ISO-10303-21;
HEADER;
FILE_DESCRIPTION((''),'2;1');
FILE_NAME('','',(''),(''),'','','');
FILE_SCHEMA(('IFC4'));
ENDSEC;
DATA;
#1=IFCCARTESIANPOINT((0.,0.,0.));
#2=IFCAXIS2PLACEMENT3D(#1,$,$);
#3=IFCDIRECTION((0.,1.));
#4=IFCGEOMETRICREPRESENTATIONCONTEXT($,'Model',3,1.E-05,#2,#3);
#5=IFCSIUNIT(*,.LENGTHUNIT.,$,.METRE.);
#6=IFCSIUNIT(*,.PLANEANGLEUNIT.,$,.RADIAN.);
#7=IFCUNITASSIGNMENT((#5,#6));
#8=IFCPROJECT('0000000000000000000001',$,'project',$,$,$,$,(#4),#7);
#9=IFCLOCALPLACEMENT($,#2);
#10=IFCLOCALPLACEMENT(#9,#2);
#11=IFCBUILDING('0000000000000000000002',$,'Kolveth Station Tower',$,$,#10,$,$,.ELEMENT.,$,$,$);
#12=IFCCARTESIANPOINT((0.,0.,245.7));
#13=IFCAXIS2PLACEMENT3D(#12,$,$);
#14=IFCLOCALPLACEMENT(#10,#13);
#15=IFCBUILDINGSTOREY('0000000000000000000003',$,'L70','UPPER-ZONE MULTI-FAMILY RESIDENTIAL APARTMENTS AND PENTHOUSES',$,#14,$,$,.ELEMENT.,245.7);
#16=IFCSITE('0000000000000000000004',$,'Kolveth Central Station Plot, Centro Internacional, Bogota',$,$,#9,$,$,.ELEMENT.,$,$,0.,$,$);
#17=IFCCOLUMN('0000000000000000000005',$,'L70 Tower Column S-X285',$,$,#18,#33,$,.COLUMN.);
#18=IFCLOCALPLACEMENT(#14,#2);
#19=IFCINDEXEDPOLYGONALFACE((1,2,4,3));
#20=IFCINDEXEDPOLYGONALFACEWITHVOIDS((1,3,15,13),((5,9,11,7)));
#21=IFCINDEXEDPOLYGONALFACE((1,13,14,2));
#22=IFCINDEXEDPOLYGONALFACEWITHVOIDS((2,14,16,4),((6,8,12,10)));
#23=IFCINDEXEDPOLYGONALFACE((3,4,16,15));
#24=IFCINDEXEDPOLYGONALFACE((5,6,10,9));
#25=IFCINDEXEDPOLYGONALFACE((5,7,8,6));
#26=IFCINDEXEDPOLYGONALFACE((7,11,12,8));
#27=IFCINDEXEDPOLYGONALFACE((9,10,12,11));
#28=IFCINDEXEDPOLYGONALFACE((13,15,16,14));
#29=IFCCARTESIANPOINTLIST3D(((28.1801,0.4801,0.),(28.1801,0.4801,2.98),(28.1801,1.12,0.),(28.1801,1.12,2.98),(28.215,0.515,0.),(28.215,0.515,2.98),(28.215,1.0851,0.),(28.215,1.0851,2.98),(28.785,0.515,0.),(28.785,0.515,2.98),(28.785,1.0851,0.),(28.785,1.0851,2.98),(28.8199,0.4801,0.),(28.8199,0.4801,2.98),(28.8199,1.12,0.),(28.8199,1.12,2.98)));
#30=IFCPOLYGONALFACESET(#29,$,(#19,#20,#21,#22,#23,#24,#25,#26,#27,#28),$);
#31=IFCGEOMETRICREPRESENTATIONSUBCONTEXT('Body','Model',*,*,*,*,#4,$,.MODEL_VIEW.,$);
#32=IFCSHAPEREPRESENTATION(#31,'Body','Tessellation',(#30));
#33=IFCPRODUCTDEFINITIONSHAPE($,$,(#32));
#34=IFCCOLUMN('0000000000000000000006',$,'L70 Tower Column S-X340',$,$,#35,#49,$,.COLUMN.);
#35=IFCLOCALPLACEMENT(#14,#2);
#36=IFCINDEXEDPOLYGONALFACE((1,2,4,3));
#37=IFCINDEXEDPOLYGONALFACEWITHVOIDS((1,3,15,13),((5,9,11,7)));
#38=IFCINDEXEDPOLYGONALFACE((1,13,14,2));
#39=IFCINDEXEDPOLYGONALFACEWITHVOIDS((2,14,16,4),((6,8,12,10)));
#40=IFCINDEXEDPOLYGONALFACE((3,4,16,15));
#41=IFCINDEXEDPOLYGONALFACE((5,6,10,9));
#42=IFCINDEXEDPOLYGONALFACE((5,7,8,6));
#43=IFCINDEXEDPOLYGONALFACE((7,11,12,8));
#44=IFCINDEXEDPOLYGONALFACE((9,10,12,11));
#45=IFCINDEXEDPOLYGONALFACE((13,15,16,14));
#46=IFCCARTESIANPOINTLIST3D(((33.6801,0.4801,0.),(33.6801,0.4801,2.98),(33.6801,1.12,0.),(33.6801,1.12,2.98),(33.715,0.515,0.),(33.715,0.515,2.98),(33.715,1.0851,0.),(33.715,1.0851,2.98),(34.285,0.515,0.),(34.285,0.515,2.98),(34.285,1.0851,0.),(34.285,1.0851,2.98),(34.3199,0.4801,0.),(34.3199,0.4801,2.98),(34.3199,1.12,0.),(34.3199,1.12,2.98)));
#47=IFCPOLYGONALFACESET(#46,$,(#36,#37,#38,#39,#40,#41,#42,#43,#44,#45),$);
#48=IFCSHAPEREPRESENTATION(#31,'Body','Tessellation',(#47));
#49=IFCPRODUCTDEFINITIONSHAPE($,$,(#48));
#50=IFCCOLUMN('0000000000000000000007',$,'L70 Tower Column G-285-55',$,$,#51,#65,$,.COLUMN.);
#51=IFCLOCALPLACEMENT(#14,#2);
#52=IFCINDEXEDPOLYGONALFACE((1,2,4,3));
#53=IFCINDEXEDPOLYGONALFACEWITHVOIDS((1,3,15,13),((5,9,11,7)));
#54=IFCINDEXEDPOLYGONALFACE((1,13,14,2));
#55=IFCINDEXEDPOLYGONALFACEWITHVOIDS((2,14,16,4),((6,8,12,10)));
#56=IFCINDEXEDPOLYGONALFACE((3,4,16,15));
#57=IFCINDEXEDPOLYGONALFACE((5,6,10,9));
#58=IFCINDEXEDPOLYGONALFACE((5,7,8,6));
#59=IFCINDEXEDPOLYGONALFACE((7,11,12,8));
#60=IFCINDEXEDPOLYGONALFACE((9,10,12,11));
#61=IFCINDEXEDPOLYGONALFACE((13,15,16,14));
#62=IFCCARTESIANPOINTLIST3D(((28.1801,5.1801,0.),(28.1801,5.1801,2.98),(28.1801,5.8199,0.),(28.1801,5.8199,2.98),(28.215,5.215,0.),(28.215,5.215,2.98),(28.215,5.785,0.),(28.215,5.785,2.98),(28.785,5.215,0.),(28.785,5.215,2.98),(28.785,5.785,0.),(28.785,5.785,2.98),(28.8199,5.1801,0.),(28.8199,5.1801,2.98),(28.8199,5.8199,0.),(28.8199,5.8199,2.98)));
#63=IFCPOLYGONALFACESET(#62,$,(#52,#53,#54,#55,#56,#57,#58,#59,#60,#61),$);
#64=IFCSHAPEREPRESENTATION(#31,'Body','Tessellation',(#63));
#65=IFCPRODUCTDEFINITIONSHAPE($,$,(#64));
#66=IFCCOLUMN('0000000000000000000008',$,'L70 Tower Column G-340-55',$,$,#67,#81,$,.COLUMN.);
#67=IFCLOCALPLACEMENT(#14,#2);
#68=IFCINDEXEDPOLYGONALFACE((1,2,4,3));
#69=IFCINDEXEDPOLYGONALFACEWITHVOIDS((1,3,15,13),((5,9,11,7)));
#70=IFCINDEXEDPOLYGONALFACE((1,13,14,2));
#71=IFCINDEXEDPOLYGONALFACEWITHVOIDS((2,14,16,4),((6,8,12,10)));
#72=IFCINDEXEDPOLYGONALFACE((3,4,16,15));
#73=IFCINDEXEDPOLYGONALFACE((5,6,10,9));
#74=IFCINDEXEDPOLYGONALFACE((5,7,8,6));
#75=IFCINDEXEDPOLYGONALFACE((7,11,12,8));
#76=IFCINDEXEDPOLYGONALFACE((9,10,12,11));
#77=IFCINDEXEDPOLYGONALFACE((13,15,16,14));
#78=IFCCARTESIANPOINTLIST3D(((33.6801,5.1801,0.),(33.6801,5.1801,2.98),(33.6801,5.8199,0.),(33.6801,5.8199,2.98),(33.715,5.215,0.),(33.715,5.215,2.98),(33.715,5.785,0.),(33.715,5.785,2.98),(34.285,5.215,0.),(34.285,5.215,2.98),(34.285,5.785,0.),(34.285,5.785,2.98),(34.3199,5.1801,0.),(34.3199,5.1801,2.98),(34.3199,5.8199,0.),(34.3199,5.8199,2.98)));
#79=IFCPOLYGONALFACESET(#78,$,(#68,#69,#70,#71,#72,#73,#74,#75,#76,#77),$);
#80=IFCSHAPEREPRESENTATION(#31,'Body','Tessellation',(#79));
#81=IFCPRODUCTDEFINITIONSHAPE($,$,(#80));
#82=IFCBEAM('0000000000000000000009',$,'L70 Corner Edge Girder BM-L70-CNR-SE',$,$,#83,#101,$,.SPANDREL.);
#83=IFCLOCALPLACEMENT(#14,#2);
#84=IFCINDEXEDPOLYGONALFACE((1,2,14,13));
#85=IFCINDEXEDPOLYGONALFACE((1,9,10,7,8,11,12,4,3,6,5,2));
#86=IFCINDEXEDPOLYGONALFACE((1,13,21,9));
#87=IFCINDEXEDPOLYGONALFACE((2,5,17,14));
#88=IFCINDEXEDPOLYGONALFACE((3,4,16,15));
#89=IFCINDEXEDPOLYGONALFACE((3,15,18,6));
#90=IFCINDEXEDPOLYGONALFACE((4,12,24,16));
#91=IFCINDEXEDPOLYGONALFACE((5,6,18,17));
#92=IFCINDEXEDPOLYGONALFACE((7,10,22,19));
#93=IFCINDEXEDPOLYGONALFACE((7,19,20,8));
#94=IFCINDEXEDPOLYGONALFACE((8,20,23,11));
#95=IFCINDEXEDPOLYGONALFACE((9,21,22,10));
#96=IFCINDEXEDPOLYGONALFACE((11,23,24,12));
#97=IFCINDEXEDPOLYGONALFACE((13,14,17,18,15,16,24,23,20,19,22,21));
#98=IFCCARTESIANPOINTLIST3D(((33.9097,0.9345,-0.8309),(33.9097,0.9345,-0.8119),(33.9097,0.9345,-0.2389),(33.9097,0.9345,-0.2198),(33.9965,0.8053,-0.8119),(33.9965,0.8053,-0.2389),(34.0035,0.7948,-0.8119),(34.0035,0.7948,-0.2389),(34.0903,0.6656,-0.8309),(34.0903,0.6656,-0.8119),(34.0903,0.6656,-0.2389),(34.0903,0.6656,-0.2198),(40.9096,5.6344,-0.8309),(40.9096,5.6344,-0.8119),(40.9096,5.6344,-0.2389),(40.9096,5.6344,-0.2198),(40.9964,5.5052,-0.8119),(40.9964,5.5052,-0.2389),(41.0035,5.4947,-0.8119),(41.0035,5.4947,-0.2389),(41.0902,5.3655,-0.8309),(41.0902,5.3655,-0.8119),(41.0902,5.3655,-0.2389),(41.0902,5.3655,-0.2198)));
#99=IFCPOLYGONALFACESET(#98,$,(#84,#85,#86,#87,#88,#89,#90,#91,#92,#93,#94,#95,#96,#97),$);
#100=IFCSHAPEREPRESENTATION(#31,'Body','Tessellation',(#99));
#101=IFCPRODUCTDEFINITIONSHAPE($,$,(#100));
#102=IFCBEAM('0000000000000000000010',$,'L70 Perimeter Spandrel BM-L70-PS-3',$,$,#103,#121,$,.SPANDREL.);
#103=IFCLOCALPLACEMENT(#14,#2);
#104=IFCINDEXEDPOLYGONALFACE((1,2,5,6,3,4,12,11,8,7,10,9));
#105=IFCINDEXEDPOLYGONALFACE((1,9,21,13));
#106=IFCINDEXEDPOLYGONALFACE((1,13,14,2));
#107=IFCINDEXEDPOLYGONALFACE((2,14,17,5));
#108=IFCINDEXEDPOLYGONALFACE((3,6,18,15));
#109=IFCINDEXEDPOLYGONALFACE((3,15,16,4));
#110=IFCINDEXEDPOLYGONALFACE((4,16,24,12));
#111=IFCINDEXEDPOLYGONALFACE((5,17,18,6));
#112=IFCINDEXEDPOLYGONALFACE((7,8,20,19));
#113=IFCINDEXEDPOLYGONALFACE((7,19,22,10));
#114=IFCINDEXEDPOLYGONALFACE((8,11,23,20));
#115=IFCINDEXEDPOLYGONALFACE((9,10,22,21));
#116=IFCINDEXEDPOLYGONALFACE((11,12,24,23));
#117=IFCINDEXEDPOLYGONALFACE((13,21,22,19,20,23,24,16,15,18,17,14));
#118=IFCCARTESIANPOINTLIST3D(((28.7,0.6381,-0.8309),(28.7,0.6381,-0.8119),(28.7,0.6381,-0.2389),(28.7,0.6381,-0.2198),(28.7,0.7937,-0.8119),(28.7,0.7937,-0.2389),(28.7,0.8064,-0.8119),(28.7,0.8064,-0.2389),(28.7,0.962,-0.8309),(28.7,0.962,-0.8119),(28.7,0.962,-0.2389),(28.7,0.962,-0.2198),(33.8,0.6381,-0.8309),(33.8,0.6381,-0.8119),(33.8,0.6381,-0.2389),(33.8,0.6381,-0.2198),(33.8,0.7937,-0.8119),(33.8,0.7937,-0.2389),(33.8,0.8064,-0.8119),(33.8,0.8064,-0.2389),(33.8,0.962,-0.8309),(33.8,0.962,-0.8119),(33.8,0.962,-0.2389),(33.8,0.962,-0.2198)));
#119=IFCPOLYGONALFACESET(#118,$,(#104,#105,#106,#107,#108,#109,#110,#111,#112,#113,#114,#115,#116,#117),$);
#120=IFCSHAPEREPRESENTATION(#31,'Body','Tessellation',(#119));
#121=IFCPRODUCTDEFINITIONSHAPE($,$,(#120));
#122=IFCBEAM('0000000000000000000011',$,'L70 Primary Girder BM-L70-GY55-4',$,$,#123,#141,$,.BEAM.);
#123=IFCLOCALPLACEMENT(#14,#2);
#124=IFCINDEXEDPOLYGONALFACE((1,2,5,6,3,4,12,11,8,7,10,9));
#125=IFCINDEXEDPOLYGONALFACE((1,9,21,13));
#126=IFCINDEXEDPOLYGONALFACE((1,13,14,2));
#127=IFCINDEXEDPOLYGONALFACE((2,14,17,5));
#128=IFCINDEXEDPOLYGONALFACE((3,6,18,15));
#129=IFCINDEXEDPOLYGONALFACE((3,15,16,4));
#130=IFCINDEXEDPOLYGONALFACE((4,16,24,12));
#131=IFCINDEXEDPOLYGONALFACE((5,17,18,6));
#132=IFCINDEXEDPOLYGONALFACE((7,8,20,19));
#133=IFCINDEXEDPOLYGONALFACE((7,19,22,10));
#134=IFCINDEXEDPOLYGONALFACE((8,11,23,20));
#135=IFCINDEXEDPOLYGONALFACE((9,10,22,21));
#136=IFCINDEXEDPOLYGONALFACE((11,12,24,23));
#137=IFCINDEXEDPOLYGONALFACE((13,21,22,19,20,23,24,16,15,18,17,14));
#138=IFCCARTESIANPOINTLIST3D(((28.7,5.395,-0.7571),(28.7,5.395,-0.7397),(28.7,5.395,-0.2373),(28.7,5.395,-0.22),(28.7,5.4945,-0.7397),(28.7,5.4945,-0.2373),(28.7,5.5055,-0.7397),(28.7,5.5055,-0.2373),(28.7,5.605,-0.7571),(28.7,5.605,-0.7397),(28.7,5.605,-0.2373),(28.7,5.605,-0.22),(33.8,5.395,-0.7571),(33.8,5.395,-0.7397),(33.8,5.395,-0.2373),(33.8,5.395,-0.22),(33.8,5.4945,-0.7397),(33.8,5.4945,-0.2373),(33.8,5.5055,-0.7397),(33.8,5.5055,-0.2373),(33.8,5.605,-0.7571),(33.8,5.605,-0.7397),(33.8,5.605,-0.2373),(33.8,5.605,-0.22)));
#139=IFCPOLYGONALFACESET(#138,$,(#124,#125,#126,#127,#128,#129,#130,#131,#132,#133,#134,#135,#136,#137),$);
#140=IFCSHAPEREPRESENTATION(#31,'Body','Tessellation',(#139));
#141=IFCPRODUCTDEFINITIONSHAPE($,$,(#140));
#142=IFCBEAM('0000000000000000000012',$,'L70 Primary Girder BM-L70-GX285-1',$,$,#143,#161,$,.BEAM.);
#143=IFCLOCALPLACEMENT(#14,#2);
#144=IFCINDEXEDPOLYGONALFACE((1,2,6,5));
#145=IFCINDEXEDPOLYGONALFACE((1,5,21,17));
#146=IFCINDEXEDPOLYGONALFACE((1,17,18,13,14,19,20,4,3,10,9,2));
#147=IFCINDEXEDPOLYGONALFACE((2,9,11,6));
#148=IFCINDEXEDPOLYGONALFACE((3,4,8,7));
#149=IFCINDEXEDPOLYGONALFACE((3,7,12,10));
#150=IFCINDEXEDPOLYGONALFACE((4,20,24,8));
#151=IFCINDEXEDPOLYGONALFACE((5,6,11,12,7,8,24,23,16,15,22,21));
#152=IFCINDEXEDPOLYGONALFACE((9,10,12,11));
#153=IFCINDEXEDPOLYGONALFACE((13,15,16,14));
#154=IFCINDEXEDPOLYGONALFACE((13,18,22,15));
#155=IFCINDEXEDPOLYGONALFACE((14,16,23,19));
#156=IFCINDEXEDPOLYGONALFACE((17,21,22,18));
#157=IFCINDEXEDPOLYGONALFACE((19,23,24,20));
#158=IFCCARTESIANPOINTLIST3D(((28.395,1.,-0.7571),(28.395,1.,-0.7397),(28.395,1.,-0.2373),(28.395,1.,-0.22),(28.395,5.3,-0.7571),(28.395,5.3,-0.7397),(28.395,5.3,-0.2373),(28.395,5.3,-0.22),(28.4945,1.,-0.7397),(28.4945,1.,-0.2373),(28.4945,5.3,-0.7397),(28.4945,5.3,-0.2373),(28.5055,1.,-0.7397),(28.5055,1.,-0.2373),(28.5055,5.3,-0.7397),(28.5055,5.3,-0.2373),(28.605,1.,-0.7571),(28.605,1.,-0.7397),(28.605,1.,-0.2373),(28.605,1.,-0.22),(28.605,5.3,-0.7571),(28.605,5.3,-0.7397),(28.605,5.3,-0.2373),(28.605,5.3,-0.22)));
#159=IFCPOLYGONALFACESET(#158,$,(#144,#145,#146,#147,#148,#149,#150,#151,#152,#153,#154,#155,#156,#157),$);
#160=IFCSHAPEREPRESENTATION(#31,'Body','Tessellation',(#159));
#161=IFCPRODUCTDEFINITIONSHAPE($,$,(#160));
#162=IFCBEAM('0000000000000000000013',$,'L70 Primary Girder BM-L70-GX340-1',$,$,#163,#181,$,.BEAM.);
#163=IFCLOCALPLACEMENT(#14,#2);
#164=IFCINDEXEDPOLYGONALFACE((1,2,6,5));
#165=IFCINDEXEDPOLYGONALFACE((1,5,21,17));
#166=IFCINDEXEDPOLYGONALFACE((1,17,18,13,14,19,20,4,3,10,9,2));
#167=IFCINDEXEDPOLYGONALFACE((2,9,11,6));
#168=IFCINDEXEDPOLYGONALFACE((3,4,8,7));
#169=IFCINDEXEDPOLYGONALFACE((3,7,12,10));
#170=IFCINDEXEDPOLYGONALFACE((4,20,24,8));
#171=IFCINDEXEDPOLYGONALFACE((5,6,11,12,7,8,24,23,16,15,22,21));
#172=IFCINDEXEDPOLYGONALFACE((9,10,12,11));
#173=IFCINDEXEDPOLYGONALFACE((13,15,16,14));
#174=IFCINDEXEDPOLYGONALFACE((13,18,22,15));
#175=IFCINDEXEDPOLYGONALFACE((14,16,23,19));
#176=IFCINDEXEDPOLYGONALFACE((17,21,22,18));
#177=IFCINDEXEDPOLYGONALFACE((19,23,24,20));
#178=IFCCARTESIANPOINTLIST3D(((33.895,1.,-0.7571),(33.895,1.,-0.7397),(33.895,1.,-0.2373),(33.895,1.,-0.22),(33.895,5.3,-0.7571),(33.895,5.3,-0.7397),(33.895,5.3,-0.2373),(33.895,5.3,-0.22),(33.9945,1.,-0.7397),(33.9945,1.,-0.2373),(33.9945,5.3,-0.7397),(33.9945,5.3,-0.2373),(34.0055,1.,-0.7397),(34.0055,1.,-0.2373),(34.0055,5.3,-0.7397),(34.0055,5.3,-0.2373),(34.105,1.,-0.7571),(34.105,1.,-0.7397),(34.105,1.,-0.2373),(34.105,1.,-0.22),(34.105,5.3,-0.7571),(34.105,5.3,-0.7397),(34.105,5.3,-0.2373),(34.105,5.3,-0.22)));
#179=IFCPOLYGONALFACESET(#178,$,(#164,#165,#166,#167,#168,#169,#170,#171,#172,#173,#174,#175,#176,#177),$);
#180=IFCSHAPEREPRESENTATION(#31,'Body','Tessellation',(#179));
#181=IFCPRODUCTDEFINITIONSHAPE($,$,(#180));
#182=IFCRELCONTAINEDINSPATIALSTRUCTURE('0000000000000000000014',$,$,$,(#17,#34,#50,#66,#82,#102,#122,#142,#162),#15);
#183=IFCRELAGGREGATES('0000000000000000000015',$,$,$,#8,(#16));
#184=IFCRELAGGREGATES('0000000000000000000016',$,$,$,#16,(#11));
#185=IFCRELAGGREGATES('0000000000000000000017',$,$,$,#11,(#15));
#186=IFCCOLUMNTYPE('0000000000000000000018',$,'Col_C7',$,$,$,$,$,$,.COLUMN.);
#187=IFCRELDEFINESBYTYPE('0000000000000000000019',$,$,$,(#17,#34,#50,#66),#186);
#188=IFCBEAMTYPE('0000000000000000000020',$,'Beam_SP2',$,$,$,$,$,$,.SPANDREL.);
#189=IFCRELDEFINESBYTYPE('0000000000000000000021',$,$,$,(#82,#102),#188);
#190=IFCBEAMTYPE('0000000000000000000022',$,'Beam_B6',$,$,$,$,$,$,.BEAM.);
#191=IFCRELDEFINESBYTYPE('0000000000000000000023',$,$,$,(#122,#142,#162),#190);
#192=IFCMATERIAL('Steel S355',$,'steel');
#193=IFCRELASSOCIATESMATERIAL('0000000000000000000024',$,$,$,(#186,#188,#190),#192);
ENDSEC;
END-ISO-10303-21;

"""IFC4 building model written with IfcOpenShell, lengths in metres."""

from ifc_helpers import new_model, si_unit, direction, frame, origin, origin_2d, place, context, subcontext, project, spatial, hollow_rectangle, i_section, extrude, source, transform, mapped, material, material_profile, profile_set, type_object, element, save


model = new_model("IFC4")

# Units and contexts
model_context = context("Model", 3, precision=1e-05, world=origin(), true_north=direction((0.0, 1.0)))
body_context = subcontext(model_context, "Body", "Model", "MODEL_VIEW")
ifc_project = project(units=[si_unit("LENGTHUNIT", "METRE"), si_unit("PLANEANGLEUNIT", "RADIAN")], contexts=[model_context])

# Site, building, storey
site_placement = place(None, origin())
site = spatial("IfcSite", under=ifc_project, at=site_placement, Name="Kolveth Central Station Plot, Centro Internacional, Bogota", CompositionType="ELEMENT", RefElevation=0.0)
building_placement = place(site_placement, origin())
building = spatial("IfcBuilding", under=site, at=building_placement, Name="Kolveth Station Tower", CompositionType="ELEMENT")
storey_placement = place(building_placement, frame((0.0, 0.0, 245.7)))
storey = spatial("IfcBuildingStorey", under=building, at=storey_placement, Name="L70", Description="UPPER-ZONE MULTI-FAMILY RESIDENTIAL APARTMENTS AND PENTHOUSES", CompositionType="ELEMENT", Elevation=245.7)

# Columns
ifc_material_1 = material(Name="Steel S355", Category="steel")
ifc_material_profile_1 = material_profile(ifc_material_1, hollow_rectangle(XDim=0.6399, YDim=0.6399, WallThickness=0.0349, at=origin_2d()), Name="BOX640x640x35")
ifc_profile_set_1 = profile_set([ifc_material_profile_1], Name="Steel S355")
column_type = type_object("IfcColumnType", Name="Col_C7", PredefinedType="COLUMN", material=ifc_profile_set_1)
shared_shape_1 = source(origin(), body_context, "Body", "SweptSolid", [
    extrude(hollow_rectangle(XDim=0.6399, YDim=0.6399, WallThickness=0.0349, at=origin_2d()), origin(), (0.0, 0.0, 1.0), 2.98),
])
for number, where, z_axis, x_axis, name in (
    (1, (28.5, 0.8, 0.0), (0.0, 0.0, 1.0), (1.0, 0.0, 0.0), "L70 Tower Column S-X285"),
    (2, (34.0, 0.8, 0.0), (0.0, 0.0, 1.0), (1.0, 0.0, 0.0), "L70 Tower Column S-X340"),
    (3, (28.5, 5.5, 0.0), (0.0, 0.0, 1.0), (1.0, 0.0, 0.0), "L70 Tower Column G-285-55"),
    (4, (34.0, 5.5, 0.0), (0.0, 0.0, 1.0), (1.0, 0.0, 0.0), "L70 Tower Column G-340-55"),
):
    element("IfcColumn", number, at=place(storey_placement, frame(where, z_axis=z_axis, x_axis=x_axis)), inside=storey, type_object=column_type, Name=name, PredefinedType="COLUMN", context=body_context, shape_type="MappedRepresentation", body=[
        mapped(shared_shape_1, transform((0.0, 0.0, 0.0), x_axis=(1.0, 0.0, 0.0), y_axis=(0.0, 1.0, 0.0), z_axis=(0.0, 0.0, 1.0), scale=1.0)),
    ])

# Beams
ifc_material_profile_2 = material_profile(ifc_material_1, i_section(OverallWidth=0.324, OverallDepth=0.6111, WebThickness=0.0127, FlangeThickness=0.019, at=origin_2d()), Name="W610x155")
ifc_profile_set_2 = profile_set([ifc_material_profile_2], Name="Steel S355")
beam_type_1 = type_object("IfcBeamType", Name="Beam_SP2", PredefinedType="SPANDREL", material=ifc_profile_set_2)
shared_shape_2 = source(origin(), body_context, "Body", "SweptSolid", [
    extrude(i_section(OverallWidth=0.324, OverallDepth=0.6111, WebThickness=0.0127, FlangeThickness=0.019, at=origin_2d()), origin(), (0.0, 0.0, 1.0), 8.4314),
])
beam_1_placement = place(storey_placement, frame((34.0, 0.8, -0.5254), z_axis=(0.830224, 0.55743, 0.0), x_axis=(-0.55743, 0.830224, 0.0)))
element("IfcBeam", 5, at=beam_1_placement, inside=storey, type_object=beam_type_1, Name="L70 Corner Edge Girder BM-L70-CNR-SE", PredefinedType="SPANDREL", context=body_context, shape_type="MappedRepresentation", body=[
    mapped(shared_shape_2, transform((0.0, 0.0, 0.0), x_axis=(1.0, 0.0, 0.0), y_axis=(0.0, 1.0, 0.0), z_axis=(0.0, 0.0, 1.0), scale=1.0)),
])
shared_shape_3 = source(origin(), body_context, "Body", "SweptSolid", [
    extrude(i_section(OverallWidth=0.324, OverallDepth=0.6111, WebThickness=0.0127, FlangeThickness=0.019, at=origin_2d()), origin(), (0.0, 0.0, 1.0), 5.1001),
])
beam_2_placement = place(storey_placement, frame((28.7, 0.8, -0.5254), z_axis=(1.0, 0.0, 0.0), x_axis=(0.0, 1.0, 0.0)))
element("IfcBeam", 6, at=beam_2_placement, inside=storey, type_object=beam_type_1, Name="L70 Perimeter Spandrel BM-L70-PS-3", PredefinedType="SPANDREL", context=body_context, shape_type="MappedRepresentation", body=[
    mapped(shared_shape_3, transform((0.0, 0.0, 0.0), x_axis=(1.0, 0.0, 0.0), y_axis=(0.0, 1.0, 0.0), z_axis=(0.0, 0.0, 1.0), scale=1.0)),
])
ifc_material_profile_3 = material_profile(ifc_material_1, i_section(OverallWidth=0.21, OverallDepth=0.5371, WebThickness=0.011, FlangeThickness=0.0173, at=origin_2d()), Name="W530x101")
ifc_profile_set_3 = profile_set([ifc_material_profile_3], Name="Steel S355")
beam_type_2 = type_object("IfcBeamType", Name="Beam_B6", PredefinedType="BEAM", material=ifc_profile_set_3)
shared_shape_4 = source(origin(), body_context, "Body", "SweptSolid", [
    extrude(i_section(OverallWidth=0.21, OverallDepth=0.5371, WebThickness=0.011, FlangeThickness=0.0173, at=origin_2d()), origin(), (0.0, 0.0, 1.0), 5.1001),
])
beam_3_placement = place(storey_placement, frame((28.7, 5.5, -0.4885), z_axis=(1.0, 0.0, 0.0), x_axis=(0.0, 1.0, 0.0)))
element("IfcBeam", 7, at=beam_3_placement, inside=storey, type_object=beam_type_2, Name="L70 Primary Girder BM-L70-GY55-4", PredefinedType="BEAM", context=body_context, shape_type="MappedRepresentation", body=[
    mapped(shared_shape_4, transform((0.0, 0.0, 0.0), x_axis=(1.0, 0.0, 0.0), y_axis=(0.0, 1.0, 0.0), z_axis=(0.0, 0.0, 1.0), scale=1.0)),
])
shared_shape_5 = source(origin(), body_context, "Body", "SweptSolid", [
    extrude(i_section(OverallWidth=0.21, OverallDepth=0.5371, WebThickness=0.011, FlangeThickness=0.0173, at=origin_2d()), origin(), (0.0, 0.0, 1.0), 4.3),
])
for number, where, z_axis, x_axis, name in (
    (8, (28.5, 1.0, -0.4885), (0.0, 1.0, 0.0), (-1.0, 0.0, 0.0), "L70 Primary Girder BM-L70-GX285-1"),
    (9, (34.0, 1.0, -0.4885), (0.0, 1.0, 0.0), (-1.0, 0.0, 0.0), "L70 Primary Girder BM-L70-GX340-1"),
):
    element("IfcBeam", number, at=place(storey_placement, frame(where, z_axis=z_axis, x_axis=x_axis)), inside=storey, type_object=beam_type_2, Name=name, PredefinedType="BEAM", context=body_context, shape_type="MappedRepresentation", body=[
        mapped(shared_shape_5, transform((0.0, 0.0, 0.0), x_axis=(1.0, 0.0, 0.0), y_axis=(0.0, 1.0, 0.0), z_axis=(0.0, 0.0, 1.0), scale=1.0)),
    ])

save(model, "model.ifc")
